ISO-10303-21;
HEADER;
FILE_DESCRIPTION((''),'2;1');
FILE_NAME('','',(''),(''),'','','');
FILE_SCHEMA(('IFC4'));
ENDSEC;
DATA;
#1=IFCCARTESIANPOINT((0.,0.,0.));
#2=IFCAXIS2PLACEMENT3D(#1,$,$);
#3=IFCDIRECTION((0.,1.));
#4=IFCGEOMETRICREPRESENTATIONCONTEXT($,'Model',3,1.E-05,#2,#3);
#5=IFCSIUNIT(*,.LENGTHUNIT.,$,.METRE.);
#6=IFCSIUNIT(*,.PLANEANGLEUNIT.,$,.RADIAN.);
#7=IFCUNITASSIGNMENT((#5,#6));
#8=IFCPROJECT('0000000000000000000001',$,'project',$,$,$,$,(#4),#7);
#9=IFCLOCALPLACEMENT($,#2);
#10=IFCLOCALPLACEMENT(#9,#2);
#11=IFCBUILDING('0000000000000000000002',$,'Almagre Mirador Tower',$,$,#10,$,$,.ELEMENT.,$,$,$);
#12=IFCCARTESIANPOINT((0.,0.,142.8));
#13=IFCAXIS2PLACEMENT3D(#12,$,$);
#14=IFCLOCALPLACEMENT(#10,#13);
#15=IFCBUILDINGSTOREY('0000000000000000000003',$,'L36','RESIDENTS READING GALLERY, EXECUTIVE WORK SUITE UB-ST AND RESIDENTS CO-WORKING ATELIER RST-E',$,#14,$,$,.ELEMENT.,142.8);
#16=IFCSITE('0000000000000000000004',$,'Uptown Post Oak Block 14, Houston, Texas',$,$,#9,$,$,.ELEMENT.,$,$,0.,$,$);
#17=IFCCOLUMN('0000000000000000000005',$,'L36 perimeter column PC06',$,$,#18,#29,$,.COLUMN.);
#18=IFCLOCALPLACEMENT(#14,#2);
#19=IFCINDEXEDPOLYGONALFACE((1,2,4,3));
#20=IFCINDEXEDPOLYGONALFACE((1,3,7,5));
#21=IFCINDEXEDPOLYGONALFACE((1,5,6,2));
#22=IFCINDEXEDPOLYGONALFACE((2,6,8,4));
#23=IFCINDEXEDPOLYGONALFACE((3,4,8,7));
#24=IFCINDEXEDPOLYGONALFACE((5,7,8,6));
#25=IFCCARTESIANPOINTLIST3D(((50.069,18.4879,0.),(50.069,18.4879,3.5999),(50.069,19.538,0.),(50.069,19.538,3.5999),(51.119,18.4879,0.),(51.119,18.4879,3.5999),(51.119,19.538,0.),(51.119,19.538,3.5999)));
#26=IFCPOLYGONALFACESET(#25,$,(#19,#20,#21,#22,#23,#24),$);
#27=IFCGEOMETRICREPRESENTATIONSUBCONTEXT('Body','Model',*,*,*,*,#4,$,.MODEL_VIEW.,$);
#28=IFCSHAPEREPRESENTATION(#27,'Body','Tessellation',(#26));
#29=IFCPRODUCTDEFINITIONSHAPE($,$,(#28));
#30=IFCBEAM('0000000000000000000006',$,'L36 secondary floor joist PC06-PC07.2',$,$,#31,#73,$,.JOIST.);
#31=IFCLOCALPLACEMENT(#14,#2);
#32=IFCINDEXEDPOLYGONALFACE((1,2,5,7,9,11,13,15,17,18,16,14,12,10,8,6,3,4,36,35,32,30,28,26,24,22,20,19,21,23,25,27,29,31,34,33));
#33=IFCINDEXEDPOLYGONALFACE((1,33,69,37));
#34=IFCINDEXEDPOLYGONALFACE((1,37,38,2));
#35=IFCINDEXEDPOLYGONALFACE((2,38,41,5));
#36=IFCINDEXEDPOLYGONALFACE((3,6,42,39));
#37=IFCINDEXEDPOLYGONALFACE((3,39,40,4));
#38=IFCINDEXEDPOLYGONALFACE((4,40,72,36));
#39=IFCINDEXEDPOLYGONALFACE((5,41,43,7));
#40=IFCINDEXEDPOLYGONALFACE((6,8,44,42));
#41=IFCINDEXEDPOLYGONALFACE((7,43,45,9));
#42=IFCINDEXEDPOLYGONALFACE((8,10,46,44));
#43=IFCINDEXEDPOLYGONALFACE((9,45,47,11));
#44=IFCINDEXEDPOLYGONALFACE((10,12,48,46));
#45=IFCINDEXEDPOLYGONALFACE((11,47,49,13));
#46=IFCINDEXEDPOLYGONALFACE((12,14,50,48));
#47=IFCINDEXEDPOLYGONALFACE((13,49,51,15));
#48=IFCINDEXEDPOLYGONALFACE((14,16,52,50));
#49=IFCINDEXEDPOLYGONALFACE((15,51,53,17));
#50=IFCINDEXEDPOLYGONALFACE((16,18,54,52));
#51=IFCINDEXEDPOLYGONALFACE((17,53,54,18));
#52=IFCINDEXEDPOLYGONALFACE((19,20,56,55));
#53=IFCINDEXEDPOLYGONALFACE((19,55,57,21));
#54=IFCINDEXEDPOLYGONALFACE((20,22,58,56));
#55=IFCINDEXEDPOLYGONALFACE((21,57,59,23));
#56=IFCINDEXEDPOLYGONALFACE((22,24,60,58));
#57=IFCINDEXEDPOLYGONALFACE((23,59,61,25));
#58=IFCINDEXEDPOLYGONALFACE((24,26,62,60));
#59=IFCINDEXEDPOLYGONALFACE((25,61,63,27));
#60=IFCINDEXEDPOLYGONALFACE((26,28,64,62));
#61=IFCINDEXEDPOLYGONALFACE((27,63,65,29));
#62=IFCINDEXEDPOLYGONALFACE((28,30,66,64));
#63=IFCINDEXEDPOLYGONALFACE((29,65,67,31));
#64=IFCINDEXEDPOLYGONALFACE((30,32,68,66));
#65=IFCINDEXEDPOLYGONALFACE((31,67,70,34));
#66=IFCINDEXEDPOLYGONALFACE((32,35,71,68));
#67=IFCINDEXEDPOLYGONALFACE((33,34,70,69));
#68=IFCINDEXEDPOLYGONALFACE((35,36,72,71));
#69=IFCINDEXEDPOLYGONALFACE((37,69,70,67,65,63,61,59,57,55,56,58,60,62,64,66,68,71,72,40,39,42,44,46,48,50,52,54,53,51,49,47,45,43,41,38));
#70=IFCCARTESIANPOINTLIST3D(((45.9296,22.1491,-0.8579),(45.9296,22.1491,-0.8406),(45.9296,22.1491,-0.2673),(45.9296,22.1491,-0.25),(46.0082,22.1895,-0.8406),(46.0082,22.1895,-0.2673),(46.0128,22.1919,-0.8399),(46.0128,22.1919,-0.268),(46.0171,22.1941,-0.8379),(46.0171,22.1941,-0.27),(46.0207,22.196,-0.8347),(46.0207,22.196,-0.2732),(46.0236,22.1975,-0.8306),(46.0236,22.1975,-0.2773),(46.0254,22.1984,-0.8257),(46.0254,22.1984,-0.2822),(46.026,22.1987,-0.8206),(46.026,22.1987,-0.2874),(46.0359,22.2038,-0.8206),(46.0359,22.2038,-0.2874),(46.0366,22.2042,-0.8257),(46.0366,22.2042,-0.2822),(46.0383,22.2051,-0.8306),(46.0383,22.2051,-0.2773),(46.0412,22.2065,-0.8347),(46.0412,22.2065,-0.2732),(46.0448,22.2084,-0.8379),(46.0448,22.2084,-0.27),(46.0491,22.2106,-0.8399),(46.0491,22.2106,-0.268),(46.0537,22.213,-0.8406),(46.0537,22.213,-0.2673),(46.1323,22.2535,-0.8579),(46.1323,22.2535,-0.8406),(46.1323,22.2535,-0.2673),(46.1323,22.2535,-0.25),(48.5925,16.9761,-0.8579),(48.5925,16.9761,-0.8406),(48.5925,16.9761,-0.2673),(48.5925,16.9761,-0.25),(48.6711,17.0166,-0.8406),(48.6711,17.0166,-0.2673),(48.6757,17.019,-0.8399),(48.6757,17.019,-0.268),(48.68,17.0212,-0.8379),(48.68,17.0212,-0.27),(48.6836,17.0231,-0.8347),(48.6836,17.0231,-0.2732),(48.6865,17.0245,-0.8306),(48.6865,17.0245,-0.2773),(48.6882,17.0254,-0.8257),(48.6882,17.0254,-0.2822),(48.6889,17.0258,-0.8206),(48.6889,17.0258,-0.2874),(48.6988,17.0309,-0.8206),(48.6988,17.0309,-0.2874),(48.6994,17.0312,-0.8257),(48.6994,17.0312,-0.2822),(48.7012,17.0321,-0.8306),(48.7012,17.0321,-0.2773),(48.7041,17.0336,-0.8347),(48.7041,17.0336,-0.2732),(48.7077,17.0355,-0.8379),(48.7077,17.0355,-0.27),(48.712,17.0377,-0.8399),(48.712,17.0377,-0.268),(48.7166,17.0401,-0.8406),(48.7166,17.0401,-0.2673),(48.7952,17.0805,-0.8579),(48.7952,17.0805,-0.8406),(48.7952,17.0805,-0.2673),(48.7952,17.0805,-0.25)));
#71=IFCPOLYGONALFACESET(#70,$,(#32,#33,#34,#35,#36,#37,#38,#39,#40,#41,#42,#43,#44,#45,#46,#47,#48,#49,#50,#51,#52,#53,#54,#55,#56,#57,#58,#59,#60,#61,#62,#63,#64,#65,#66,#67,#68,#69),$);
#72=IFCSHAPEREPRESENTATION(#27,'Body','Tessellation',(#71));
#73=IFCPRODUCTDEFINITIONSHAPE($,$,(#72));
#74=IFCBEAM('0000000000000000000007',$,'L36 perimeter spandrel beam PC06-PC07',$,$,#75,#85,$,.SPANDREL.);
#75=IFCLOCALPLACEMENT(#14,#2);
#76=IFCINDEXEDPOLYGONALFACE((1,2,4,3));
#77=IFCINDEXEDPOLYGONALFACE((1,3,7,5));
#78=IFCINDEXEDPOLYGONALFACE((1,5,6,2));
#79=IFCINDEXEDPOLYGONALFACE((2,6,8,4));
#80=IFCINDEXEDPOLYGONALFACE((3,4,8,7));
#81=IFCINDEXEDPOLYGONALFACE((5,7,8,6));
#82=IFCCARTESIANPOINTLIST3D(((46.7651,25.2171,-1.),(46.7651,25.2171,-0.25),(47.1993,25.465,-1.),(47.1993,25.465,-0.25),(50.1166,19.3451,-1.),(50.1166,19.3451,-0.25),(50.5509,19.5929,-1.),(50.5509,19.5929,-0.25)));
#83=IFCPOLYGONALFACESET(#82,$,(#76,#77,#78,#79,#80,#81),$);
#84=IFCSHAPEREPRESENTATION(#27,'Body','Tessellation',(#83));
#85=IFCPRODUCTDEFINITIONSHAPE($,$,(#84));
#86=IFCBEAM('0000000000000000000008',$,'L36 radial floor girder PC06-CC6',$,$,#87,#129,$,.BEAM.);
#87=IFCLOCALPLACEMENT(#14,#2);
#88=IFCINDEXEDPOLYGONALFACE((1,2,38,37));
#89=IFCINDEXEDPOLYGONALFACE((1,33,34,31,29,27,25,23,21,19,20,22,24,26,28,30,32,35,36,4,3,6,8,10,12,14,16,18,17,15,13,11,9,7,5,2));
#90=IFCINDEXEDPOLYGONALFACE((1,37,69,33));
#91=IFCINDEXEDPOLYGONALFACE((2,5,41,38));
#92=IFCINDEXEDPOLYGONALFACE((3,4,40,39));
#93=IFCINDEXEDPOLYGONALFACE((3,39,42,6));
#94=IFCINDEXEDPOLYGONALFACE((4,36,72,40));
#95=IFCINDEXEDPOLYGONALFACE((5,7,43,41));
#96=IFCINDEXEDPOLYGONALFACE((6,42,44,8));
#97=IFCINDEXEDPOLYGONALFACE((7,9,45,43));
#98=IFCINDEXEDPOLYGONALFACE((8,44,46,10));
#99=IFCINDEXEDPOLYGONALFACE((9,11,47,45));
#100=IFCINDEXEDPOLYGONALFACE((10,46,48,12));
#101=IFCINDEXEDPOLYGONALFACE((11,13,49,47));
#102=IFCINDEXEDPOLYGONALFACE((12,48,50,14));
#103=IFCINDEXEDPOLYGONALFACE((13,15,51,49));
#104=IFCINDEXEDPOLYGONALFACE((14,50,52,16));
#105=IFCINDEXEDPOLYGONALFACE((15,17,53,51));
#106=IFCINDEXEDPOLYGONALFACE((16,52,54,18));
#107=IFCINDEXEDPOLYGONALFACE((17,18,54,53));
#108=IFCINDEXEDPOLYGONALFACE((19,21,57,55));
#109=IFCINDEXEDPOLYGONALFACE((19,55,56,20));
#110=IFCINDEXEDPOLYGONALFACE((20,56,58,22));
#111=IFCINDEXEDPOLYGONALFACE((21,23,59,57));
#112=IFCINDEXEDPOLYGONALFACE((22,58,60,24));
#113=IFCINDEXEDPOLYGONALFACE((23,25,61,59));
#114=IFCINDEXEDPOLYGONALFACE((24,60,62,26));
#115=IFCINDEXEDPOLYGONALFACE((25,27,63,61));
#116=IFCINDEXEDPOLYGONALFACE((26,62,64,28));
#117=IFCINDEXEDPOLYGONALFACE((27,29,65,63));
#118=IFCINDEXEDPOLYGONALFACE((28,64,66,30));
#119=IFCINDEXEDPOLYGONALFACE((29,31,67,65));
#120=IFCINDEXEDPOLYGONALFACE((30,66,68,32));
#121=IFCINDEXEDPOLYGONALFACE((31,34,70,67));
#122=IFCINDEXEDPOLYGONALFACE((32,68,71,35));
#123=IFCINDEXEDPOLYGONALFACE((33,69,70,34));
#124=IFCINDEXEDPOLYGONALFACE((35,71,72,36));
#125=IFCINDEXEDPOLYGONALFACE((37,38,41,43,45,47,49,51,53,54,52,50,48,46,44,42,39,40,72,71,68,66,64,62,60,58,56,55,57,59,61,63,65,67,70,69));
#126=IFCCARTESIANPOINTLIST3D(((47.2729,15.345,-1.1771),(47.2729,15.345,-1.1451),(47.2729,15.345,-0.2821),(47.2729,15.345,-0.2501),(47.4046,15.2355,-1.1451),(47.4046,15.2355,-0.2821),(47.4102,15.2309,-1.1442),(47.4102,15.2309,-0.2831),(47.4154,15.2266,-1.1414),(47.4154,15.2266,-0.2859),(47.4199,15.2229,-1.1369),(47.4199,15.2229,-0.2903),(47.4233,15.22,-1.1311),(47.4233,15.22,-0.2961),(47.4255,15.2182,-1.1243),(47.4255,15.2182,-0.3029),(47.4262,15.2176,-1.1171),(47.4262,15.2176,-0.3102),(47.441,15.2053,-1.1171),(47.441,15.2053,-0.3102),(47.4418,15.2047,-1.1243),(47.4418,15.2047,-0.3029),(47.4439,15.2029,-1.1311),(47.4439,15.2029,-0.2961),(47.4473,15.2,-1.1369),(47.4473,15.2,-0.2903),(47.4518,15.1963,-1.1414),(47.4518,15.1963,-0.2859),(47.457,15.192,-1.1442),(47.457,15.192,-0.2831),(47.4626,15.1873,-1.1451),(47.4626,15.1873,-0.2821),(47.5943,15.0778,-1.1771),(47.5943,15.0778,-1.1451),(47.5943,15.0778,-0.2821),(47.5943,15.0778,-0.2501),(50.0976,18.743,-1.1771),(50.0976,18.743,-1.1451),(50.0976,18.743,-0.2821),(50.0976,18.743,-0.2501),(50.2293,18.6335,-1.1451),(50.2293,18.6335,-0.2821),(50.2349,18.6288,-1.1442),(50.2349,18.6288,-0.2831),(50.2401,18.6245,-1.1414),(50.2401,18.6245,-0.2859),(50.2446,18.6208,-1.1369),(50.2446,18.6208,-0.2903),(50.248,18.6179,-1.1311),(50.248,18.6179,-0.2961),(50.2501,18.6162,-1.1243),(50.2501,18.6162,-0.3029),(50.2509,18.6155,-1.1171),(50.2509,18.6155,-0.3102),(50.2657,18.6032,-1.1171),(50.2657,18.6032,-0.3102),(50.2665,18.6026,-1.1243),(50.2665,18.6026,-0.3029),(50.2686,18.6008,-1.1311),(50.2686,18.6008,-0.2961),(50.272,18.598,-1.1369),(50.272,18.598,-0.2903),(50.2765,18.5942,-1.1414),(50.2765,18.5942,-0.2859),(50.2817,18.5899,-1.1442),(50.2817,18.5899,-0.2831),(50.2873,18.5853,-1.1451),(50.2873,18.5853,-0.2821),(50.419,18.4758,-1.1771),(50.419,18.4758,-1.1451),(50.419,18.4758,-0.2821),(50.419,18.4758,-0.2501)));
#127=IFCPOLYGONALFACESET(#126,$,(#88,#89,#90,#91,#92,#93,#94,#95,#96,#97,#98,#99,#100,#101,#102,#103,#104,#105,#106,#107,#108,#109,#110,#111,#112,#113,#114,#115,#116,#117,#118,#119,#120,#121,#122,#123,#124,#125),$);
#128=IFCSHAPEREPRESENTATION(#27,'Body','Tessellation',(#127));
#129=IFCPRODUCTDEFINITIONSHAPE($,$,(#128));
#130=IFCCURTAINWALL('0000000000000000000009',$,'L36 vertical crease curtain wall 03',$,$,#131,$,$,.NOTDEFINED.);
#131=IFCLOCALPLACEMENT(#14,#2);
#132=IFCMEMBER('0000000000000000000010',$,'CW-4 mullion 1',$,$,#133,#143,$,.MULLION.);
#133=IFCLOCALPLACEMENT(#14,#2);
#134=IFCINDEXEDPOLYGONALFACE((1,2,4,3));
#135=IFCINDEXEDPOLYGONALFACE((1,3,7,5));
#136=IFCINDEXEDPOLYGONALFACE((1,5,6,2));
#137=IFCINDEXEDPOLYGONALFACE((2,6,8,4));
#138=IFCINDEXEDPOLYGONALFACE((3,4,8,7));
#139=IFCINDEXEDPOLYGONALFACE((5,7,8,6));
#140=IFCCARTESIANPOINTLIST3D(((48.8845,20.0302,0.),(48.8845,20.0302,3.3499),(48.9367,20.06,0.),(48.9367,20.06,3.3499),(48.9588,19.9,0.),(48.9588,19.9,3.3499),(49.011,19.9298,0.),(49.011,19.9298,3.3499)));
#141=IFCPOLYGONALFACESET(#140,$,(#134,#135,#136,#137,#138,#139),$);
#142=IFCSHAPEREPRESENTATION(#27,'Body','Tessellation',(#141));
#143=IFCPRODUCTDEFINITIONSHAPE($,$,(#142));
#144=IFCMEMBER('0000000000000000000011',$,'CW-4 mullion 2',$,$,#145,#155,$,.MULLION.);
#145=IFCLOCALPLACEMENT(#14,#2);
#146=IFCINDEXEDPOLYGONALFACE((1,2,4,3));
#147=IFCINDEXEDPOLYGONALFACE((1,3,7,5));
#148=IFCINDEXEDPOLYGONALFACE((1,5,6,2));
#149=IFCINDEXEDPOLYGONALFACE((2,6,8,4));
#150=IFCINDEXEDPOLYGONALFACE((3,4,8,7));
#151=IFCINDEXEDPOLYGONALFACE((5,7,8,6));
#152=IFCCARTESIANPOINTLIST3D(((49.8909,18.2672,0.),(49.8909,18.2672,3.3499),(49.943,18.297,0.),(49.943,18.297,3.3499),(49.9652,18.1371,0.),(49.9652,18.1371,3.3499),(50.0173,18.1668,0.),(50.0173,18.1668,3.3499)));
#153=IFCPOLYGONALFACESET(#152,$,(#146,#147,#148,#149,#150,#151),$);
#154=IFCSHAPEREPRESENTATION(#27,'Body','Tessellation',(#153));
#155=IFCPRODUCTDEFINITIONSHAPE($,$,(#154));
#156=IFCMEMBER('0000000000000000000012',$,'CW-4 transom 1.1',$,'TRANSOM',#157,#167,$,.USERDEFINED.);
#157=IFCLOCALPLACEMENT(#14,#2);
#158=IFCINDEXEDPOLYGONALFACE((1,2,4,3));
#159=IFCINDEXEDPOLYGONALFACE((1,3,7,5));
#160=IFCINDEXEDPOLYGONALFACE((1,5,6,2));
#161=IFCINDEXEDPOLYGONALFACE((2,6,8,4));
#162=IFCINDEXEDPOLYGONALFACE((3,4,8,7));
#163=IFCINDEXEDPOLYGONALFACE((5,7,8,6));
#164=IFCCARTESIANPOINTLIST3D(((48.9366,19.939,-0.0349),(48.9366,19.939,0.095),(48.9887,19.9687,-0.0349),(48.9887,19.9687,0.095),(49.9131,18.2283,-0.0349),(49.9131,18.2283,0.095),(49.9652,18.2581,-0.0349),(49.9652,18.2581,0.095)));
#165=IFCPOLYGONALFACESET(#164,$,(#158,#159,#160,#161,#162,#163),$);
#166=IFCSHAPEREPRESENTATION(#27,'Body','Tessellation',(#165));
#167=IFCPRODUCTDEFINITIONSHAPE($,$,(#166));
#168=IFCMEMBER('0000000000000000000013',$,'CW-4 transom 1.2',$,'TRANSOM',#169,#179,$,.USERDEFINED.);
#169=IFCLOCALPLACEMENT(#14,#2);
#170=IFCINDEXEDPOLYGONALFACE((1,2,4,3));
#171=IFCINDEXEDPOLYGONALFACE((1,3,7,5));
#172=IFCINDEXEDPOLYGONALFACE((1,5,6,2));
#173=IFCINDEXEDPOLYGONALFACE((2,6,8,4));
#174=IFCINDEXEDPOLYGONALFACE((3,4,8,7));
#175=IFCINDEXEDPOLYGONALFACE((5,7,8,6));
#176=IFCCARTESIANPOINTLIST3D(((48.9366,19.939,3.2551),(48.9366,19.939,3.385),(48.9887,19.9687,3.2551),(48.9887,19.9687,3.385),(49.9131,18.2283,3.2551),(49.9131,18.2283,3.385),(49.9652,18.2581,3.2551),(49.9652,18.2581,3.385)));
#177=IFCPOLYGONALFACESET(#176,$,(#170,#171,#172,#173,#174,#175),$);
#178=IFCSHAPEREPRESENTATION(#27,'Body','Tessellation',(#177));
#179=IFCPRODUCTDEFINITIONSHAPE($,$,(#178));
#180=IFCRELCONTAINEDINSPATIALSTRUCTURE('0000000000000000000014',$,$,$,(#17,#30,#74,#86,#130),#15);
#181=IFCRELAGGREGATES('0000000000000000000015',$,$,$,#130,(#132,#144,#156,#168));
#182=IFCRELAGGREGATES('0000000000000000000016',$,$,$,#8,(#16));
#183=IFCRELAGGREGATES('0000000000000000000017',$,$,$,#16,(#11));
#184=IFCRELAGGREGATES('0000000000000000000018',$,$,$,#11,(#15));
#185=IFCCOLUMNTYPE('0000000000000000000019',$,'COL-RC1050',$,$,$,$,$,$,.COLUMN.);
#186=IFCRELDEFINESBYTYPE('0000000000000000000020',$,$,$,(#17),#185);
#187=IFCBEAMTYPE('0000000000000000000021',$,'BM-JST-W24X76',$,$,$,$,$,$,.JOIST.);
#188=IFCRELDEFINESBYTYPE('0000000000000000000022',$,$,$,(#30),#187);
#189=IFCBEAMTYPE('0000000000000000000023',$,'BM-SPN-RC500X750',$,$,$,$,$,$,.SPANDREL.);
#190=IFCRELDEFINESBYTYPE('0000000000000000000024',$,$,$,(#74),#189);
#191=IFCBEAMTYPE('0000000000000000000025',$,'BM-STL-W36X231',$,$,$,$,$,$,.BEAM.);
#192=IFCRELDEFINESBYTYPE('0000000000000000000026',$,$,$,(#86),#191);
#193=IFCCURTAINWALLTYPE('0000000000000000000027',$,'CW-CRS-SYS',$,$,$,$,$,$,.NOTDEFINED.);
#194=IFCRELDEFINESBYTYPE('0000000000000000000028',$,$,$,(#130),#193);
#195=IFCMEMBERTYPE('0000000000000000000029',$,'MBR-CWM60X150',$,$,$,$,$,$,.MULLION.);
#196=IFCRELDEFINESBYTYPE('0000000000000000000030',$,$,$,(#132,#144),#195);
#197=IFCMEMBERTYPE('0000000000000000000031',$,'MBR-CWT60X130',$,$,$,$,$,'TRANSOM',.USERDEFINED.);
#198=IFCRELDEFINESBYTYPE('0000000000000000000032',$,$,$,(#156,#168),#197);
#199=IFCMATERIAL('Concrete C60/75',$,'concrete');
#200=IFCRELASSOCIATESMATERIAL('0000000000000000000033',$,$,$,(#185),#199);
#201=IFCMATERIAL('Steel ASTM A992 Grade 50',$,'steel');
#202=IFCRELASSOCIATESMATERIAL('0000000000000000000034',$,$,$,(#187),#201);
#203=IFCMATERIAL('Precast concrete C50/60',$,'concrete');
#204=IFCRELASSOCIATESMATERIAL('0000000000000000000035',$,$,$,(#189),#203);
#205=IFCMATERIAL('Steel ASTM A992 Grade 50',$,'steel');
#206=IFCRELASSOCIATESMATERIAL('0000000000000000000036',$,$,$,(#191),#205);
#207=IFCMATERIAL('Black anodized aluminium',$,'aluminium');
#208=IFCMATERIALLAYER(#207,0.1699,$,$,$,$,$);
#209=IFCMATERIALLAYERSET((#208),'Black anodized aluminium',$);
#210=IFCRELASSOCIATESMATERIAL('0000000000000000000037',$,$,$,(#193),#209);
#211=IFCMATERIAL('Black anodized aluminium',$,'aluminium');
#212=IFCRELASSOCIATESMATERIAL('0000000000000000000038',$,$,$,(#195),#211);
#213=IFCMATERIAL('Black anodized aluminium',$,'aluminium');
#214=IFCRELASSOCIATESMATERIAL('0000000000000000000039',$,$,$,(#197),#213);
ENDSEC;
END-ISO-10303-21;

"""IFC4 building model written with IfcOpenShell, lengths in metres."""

from ifc_helpers import new_model, si_unit, direction, frame, origin, origin_2d, place, context, subcontext, project, spatial, rectangle, i_section, extrude, material, layer, layer_set, material_profile, profile_set, type_object, element, aggregate, save


model = new_model("IFC4")

# Units and contexts
model_context = context("Model", 3, precision=1e-05, world=origin(), true_north=direction((0.0, 1.0)))
body_context = subcontext(model_context, "Body", "Model", "MODEL_VIEW")
ifc_project = project(units=[si_unit("LENGTHUNIT", "METRE"), si_unit("PLANEANGLEUNIT", "RADIAN")], contexts=[model_context])

# Site, building, storey
site_placement = place(None, origin())
site = spatial("IfcSite", under=ifc_project, at=site_placement, Name="Uptown Post Oak Block 14, Houston, Texas", CompositionType="ELEMENT", RefElevation=0.0)
building_placement = place(site_placement, origin())
building = spatial("IfcBuilding", under=site, at=building_placement, Name="Almagre Mirador Tower", CompositionType="ELEMENT")
storey_placement = place(building_placement, frame((0.0, 0.0, 142.8)))
storey = spatial("IfcBuildingStorey", under=building, at=storey_placement, Name="L36", Description="RESIDENTS READING GALLERY, EXECUTIVE WORK SUITE UB-ST AND RESIDENTS CO-WORKING ATELIER RST-E", CompositionType="ELEMENT", Elevation=142.8)

# Column
ifc_material_1 = material(Name="Concrete C60/75", Category="concrete")
ifc_material_profile_1 = material_profile(ifc_material_1, rectangle(XDim=1.05, YDim=1.05, at=origin_2d()), Name="RC1050X1050")
ifc_profile_set_1 = profile_set([ifc_material_profile_1], Name="Concrete C60/75")
column_type = type_object("IfcColumnType", Name="COL-RC1050", PredefinedType="COLUMN", material=ifc_profile_set_1)
column_placement = place(storey_placement, frame((50.594, 19.0129, 0.0), z_axis=(0.0, 0.0, 1.0), x_axis=(1.0, 0.0, 0.0)))
element("IfcColumn", 1, at=column_placement, inside=storey, type_object=column_type, Name="L36 perimeter column PC06", PredefinedType="COLUMN", context=body_context, shape_type="SweptSolid", body=[
    extrude(rectangle(XDim=1.05, YDim=1.05, at=origin_2d()), origin(), (0.0, 0.0, 1.0), 3.5999),
])

# Beams
ifc_material_2 = material(Name="Steel ASTM A992 Grade 50", Category="steel")
ifc_material_profile_2 = material_profile(ifc_material_2, i_section(OverallWidth=0.228, OverallDepth=0.6079, WebThickness=0.0112, FlangeThickness=0.0173, FilletRadius=0.02, at=origin_2d()), Name="W24X76")
ifc_profile_set_2 = profile_set([ifc_material_profile_2], Name="Steel ASTM A992 Grade 50")
beam_type_1 = type_object("IfcBeamType", Name="BM-JST-W24X76", PredefinedType="JOIST", material=ifc_profile_set_2)
beam_1_placement = place(storey_placement, frame((48.6938, 17.0283, -0.554), z_axis=(-0.45769, 0.889112, 0.0), x_axis=(-0.889112, -0.45769, 0.0)))
element("IfcBeam", 2, at=beam_1_placement, inside=storey, type_object=beam_type_1, Name="L36 secondary floor joist PC06-PC07.2", PredefinedType="JOIST", context=body_context, shape_type="SweptSolid", body=[
    extrude(i_section(OverallWidth=0.228, OverallDepth=0.6079, WebThickness=0.0112, FlangeThickness=0.0173, FilletRadius=0.02, at=origin_2d()), origin(), (0.0, 0.0, 1.0), 5.8181),
])
ifc_material_3 = material(Name="Precast concrete C50/60", Category="concrete")
ifc_material_profile_3 = material_profile(ifc_material_3, rectangle(XDim=0.5, YDim=0.75, at=origin_2d()), Name="RC500X750")
ifc_profile_set_3 = profile_set([ifc_material_profile_3], Name="Precast concrete C50/60")
beam_type_2 = type_object("IfcBeamType", Name="BM-SPN-RC500X750", PredefinedType="SPANDREL", material=ifc_profile_set_3)
beam_2_placement = place(storey_placement, frame((50.3337, 19.469, -0.625), z_axis=(-0.495703, 0.868492, 0.0), x_axis=(-0.868492, -0.495703, 0.0)))
element("IfcBeam", 3, at=beam_2_placement, inside=storey, type_object=beam_type_2, Name="L36 perimeter spandrel beam PC06-PC07", PredefinedType="SPANDREL", context=body_context, shape_type="SweptSolid", body=[
    extrude(rectangle(XDim=0.5, YDim=0.75, at=origin_2d()), origin(), (0.0, 0.0, 1.0), 6.7612),
])
ifc_material_4 = material(Name="Steel ASTM A992 Grade 50", Category="steel")
ifc_material_profile_4 = material_profile(ifc_material_4, i_section(OverallWidth=0.418, OverallDepth=0.927, WebThickness=0.0193, FlangeThickness=0.032, FilletRadius=0.0281, at=origin_2d()), Name="W36X231")
ifc_profile_set_4 = profile_set([ifc_material_profile_4], Name="Steel ASTM A992 Grade 50")
beam_type_3 = type_object("IfcBeamType", Name="BM-STL-W36X231", PredefinedType="BEAM", material=ifc_profile_set_4)
beam_3_placement = place(storey_placement, frame((50.2583, 18.6094, -0.7136), z_axis=(-0.63926, -0.768991, 0.0), x_axis=(0.768991, -0.63926, 0.0)))
element("IfcBeam", 4, at=beam_3_placement, inside=storey, type_object=beam_type_3, Name="L36 radial floor girder PC06-CC6", PredefinedType="BEAM", context=body_context, shape_type="SweptSolid", body=[
    extrude(i_section(OverallWidth=0.418, OverallDepth=0.927, WebThickness=0.0193, FlangeThickness=0.032, FilletRadius=0.0281, at=origin_2d()), origin(), (0.0, 0.0, 1.0), 4.4187),
])

# Curtain wall, members
ifc_material_5 = material(Name="Black anodized aluminium", Category="aluminium")
ifc_layer_1 = layer(ifc_material_5, 0.1699)
ifc_layer_set_1 = layer_set([ifc_layer_1], Name="Black anodized aluminium")
curtain_wall_type = type_object("IfcCurtainWallType", Name="CW-CRS-SYS", PredefinedType="NOTDEFINED", material=ifc_layer_set_1)
curtain_wall_placement = place(storey_placement, origin())
curtain_wall = element("IfcCurtainWall", 5, at=curtain_wall_placement, inside=storey, type_object=curtain_wall_type, Name="L36 vertical crease curtain wall 03", PredefinedType="NOTDEFINED")
ifc_material_6 = material(Name="Black anodized aluminium", Category="aluminium")
ifc_material_profile_5 = material_profile(ifc_material_6, rectangle(XDim=0.0601, YDim=0.1499, at=origin_2d()), Name="CWM60X150")
ifc_profile_set_5 = profile_set([ifc_material_profile_5], Name="Black anodized aluminium")
member_type_1 = type_object("IfcMemberType", Name="MBR-CWM60X150", PredefinedType="MULLION", material=ifc_profile_set_5)
member_1_placement = place(storey_placement, frame((48.9478, 19.98, 0.0), z_axis=(0.0, 0.0, 1.0), x_axis=(0.868479, 0.495727, 0.0)))
member_1 = element("IfcMember", 6, at=member_1_placement, type_object=member_type_1, Name="CW-4 mullion 1", PredefinedType="MULLION", context=body_context, shape_type="SweptSolid", body=[
    extrude(rectangle(XDim=0.0601, YDim=0.1499, at=origin_2d()), origin(), (0.0, 0.0, 1.0), 3.3499),
])
member_2_placement = place(storey_placement, frame((49.9541, 18.217, 0.0), z_axis=(0.0, 0.0, 1.0), x_axis=(0.868479, 0.495727, 0.0)))
member_2 = element("IfcMember", 7, at=member_2_placement, type_object=member_type_1, Name="CW-4 mullion 2", PredefinedType="MULLION", context=body_context, shape_type="SweptSolid", body=[
    extrude(rectangle(XDim=0.0601, YDim=0.1499, at=origin_2d()), origin(), (0.0, 0.0, 1.0), 3.3499),
])
ifc_material_7 = material(Name="Black anodized aluminium", Category="aluminium")
ifc_material_profile_6 = material_profile(ifc_material_7, rectangle(XDim=0.0601, YDim=0.1299, at=origin_2d()), Name="CWT60X130")
ifc_profile_set_6 = profile_set([ifc_material_profile_6], Name="Black anodized aluminium")
member_type_2 = type_object("IfcMemberType", Name="MBR-CWT60X130", ElementType="TRANSOM", PredefinedType="USERDEFINED", material=ifc_profile_set_6)
member_3_placement = place(storey_placement, frame((48.9626, 19.9539, 0.03), z_axis=(0.495765, -0.868457, 0.0), x_axis=(0.868457, 0.495765, 0.0)))
member_3 = element("IfcMember", 8, at=member_3_placement, type_object=member_type_2, Name="CW-4 transom 1.1", ObjectType="TRANSOM", PredefinedType="USERDEFINED", context=body_context, shape_type="SweptSolid", body=[
    extrude(rectangle(XDim=0.0601, YDim=0.1299, at=origin_2d()), origin(), (0.0, 0.0, 1.0), 1.9697),
])
member_4_placement = place(storey_placement, frame((48.9626, 19.9539, 3.3201), z_axis=(0.495765, -0.868457, 0.0), x_axis=(0.868457, 0.495765, 0.0)))
member_4 = element("IfcMember", 9, at=member_4_placement, type_object=member_type_2, Name="CW-4 transom 1.2", ObjectType="TRANSOM", PredefinedType="USERDEFINED", context=body_context, shape_type="SweptSolid", body=[
    extrude(rectangle(XDim=0.0601, YDim=0.1299, at=origin_2d()), origin(), (0.0, 0.0, 1.0), 1.9697),
])
aggregate(curtain_wall, [member_1, member_2, member_3, member_4])

save(model, "model.ifc")
